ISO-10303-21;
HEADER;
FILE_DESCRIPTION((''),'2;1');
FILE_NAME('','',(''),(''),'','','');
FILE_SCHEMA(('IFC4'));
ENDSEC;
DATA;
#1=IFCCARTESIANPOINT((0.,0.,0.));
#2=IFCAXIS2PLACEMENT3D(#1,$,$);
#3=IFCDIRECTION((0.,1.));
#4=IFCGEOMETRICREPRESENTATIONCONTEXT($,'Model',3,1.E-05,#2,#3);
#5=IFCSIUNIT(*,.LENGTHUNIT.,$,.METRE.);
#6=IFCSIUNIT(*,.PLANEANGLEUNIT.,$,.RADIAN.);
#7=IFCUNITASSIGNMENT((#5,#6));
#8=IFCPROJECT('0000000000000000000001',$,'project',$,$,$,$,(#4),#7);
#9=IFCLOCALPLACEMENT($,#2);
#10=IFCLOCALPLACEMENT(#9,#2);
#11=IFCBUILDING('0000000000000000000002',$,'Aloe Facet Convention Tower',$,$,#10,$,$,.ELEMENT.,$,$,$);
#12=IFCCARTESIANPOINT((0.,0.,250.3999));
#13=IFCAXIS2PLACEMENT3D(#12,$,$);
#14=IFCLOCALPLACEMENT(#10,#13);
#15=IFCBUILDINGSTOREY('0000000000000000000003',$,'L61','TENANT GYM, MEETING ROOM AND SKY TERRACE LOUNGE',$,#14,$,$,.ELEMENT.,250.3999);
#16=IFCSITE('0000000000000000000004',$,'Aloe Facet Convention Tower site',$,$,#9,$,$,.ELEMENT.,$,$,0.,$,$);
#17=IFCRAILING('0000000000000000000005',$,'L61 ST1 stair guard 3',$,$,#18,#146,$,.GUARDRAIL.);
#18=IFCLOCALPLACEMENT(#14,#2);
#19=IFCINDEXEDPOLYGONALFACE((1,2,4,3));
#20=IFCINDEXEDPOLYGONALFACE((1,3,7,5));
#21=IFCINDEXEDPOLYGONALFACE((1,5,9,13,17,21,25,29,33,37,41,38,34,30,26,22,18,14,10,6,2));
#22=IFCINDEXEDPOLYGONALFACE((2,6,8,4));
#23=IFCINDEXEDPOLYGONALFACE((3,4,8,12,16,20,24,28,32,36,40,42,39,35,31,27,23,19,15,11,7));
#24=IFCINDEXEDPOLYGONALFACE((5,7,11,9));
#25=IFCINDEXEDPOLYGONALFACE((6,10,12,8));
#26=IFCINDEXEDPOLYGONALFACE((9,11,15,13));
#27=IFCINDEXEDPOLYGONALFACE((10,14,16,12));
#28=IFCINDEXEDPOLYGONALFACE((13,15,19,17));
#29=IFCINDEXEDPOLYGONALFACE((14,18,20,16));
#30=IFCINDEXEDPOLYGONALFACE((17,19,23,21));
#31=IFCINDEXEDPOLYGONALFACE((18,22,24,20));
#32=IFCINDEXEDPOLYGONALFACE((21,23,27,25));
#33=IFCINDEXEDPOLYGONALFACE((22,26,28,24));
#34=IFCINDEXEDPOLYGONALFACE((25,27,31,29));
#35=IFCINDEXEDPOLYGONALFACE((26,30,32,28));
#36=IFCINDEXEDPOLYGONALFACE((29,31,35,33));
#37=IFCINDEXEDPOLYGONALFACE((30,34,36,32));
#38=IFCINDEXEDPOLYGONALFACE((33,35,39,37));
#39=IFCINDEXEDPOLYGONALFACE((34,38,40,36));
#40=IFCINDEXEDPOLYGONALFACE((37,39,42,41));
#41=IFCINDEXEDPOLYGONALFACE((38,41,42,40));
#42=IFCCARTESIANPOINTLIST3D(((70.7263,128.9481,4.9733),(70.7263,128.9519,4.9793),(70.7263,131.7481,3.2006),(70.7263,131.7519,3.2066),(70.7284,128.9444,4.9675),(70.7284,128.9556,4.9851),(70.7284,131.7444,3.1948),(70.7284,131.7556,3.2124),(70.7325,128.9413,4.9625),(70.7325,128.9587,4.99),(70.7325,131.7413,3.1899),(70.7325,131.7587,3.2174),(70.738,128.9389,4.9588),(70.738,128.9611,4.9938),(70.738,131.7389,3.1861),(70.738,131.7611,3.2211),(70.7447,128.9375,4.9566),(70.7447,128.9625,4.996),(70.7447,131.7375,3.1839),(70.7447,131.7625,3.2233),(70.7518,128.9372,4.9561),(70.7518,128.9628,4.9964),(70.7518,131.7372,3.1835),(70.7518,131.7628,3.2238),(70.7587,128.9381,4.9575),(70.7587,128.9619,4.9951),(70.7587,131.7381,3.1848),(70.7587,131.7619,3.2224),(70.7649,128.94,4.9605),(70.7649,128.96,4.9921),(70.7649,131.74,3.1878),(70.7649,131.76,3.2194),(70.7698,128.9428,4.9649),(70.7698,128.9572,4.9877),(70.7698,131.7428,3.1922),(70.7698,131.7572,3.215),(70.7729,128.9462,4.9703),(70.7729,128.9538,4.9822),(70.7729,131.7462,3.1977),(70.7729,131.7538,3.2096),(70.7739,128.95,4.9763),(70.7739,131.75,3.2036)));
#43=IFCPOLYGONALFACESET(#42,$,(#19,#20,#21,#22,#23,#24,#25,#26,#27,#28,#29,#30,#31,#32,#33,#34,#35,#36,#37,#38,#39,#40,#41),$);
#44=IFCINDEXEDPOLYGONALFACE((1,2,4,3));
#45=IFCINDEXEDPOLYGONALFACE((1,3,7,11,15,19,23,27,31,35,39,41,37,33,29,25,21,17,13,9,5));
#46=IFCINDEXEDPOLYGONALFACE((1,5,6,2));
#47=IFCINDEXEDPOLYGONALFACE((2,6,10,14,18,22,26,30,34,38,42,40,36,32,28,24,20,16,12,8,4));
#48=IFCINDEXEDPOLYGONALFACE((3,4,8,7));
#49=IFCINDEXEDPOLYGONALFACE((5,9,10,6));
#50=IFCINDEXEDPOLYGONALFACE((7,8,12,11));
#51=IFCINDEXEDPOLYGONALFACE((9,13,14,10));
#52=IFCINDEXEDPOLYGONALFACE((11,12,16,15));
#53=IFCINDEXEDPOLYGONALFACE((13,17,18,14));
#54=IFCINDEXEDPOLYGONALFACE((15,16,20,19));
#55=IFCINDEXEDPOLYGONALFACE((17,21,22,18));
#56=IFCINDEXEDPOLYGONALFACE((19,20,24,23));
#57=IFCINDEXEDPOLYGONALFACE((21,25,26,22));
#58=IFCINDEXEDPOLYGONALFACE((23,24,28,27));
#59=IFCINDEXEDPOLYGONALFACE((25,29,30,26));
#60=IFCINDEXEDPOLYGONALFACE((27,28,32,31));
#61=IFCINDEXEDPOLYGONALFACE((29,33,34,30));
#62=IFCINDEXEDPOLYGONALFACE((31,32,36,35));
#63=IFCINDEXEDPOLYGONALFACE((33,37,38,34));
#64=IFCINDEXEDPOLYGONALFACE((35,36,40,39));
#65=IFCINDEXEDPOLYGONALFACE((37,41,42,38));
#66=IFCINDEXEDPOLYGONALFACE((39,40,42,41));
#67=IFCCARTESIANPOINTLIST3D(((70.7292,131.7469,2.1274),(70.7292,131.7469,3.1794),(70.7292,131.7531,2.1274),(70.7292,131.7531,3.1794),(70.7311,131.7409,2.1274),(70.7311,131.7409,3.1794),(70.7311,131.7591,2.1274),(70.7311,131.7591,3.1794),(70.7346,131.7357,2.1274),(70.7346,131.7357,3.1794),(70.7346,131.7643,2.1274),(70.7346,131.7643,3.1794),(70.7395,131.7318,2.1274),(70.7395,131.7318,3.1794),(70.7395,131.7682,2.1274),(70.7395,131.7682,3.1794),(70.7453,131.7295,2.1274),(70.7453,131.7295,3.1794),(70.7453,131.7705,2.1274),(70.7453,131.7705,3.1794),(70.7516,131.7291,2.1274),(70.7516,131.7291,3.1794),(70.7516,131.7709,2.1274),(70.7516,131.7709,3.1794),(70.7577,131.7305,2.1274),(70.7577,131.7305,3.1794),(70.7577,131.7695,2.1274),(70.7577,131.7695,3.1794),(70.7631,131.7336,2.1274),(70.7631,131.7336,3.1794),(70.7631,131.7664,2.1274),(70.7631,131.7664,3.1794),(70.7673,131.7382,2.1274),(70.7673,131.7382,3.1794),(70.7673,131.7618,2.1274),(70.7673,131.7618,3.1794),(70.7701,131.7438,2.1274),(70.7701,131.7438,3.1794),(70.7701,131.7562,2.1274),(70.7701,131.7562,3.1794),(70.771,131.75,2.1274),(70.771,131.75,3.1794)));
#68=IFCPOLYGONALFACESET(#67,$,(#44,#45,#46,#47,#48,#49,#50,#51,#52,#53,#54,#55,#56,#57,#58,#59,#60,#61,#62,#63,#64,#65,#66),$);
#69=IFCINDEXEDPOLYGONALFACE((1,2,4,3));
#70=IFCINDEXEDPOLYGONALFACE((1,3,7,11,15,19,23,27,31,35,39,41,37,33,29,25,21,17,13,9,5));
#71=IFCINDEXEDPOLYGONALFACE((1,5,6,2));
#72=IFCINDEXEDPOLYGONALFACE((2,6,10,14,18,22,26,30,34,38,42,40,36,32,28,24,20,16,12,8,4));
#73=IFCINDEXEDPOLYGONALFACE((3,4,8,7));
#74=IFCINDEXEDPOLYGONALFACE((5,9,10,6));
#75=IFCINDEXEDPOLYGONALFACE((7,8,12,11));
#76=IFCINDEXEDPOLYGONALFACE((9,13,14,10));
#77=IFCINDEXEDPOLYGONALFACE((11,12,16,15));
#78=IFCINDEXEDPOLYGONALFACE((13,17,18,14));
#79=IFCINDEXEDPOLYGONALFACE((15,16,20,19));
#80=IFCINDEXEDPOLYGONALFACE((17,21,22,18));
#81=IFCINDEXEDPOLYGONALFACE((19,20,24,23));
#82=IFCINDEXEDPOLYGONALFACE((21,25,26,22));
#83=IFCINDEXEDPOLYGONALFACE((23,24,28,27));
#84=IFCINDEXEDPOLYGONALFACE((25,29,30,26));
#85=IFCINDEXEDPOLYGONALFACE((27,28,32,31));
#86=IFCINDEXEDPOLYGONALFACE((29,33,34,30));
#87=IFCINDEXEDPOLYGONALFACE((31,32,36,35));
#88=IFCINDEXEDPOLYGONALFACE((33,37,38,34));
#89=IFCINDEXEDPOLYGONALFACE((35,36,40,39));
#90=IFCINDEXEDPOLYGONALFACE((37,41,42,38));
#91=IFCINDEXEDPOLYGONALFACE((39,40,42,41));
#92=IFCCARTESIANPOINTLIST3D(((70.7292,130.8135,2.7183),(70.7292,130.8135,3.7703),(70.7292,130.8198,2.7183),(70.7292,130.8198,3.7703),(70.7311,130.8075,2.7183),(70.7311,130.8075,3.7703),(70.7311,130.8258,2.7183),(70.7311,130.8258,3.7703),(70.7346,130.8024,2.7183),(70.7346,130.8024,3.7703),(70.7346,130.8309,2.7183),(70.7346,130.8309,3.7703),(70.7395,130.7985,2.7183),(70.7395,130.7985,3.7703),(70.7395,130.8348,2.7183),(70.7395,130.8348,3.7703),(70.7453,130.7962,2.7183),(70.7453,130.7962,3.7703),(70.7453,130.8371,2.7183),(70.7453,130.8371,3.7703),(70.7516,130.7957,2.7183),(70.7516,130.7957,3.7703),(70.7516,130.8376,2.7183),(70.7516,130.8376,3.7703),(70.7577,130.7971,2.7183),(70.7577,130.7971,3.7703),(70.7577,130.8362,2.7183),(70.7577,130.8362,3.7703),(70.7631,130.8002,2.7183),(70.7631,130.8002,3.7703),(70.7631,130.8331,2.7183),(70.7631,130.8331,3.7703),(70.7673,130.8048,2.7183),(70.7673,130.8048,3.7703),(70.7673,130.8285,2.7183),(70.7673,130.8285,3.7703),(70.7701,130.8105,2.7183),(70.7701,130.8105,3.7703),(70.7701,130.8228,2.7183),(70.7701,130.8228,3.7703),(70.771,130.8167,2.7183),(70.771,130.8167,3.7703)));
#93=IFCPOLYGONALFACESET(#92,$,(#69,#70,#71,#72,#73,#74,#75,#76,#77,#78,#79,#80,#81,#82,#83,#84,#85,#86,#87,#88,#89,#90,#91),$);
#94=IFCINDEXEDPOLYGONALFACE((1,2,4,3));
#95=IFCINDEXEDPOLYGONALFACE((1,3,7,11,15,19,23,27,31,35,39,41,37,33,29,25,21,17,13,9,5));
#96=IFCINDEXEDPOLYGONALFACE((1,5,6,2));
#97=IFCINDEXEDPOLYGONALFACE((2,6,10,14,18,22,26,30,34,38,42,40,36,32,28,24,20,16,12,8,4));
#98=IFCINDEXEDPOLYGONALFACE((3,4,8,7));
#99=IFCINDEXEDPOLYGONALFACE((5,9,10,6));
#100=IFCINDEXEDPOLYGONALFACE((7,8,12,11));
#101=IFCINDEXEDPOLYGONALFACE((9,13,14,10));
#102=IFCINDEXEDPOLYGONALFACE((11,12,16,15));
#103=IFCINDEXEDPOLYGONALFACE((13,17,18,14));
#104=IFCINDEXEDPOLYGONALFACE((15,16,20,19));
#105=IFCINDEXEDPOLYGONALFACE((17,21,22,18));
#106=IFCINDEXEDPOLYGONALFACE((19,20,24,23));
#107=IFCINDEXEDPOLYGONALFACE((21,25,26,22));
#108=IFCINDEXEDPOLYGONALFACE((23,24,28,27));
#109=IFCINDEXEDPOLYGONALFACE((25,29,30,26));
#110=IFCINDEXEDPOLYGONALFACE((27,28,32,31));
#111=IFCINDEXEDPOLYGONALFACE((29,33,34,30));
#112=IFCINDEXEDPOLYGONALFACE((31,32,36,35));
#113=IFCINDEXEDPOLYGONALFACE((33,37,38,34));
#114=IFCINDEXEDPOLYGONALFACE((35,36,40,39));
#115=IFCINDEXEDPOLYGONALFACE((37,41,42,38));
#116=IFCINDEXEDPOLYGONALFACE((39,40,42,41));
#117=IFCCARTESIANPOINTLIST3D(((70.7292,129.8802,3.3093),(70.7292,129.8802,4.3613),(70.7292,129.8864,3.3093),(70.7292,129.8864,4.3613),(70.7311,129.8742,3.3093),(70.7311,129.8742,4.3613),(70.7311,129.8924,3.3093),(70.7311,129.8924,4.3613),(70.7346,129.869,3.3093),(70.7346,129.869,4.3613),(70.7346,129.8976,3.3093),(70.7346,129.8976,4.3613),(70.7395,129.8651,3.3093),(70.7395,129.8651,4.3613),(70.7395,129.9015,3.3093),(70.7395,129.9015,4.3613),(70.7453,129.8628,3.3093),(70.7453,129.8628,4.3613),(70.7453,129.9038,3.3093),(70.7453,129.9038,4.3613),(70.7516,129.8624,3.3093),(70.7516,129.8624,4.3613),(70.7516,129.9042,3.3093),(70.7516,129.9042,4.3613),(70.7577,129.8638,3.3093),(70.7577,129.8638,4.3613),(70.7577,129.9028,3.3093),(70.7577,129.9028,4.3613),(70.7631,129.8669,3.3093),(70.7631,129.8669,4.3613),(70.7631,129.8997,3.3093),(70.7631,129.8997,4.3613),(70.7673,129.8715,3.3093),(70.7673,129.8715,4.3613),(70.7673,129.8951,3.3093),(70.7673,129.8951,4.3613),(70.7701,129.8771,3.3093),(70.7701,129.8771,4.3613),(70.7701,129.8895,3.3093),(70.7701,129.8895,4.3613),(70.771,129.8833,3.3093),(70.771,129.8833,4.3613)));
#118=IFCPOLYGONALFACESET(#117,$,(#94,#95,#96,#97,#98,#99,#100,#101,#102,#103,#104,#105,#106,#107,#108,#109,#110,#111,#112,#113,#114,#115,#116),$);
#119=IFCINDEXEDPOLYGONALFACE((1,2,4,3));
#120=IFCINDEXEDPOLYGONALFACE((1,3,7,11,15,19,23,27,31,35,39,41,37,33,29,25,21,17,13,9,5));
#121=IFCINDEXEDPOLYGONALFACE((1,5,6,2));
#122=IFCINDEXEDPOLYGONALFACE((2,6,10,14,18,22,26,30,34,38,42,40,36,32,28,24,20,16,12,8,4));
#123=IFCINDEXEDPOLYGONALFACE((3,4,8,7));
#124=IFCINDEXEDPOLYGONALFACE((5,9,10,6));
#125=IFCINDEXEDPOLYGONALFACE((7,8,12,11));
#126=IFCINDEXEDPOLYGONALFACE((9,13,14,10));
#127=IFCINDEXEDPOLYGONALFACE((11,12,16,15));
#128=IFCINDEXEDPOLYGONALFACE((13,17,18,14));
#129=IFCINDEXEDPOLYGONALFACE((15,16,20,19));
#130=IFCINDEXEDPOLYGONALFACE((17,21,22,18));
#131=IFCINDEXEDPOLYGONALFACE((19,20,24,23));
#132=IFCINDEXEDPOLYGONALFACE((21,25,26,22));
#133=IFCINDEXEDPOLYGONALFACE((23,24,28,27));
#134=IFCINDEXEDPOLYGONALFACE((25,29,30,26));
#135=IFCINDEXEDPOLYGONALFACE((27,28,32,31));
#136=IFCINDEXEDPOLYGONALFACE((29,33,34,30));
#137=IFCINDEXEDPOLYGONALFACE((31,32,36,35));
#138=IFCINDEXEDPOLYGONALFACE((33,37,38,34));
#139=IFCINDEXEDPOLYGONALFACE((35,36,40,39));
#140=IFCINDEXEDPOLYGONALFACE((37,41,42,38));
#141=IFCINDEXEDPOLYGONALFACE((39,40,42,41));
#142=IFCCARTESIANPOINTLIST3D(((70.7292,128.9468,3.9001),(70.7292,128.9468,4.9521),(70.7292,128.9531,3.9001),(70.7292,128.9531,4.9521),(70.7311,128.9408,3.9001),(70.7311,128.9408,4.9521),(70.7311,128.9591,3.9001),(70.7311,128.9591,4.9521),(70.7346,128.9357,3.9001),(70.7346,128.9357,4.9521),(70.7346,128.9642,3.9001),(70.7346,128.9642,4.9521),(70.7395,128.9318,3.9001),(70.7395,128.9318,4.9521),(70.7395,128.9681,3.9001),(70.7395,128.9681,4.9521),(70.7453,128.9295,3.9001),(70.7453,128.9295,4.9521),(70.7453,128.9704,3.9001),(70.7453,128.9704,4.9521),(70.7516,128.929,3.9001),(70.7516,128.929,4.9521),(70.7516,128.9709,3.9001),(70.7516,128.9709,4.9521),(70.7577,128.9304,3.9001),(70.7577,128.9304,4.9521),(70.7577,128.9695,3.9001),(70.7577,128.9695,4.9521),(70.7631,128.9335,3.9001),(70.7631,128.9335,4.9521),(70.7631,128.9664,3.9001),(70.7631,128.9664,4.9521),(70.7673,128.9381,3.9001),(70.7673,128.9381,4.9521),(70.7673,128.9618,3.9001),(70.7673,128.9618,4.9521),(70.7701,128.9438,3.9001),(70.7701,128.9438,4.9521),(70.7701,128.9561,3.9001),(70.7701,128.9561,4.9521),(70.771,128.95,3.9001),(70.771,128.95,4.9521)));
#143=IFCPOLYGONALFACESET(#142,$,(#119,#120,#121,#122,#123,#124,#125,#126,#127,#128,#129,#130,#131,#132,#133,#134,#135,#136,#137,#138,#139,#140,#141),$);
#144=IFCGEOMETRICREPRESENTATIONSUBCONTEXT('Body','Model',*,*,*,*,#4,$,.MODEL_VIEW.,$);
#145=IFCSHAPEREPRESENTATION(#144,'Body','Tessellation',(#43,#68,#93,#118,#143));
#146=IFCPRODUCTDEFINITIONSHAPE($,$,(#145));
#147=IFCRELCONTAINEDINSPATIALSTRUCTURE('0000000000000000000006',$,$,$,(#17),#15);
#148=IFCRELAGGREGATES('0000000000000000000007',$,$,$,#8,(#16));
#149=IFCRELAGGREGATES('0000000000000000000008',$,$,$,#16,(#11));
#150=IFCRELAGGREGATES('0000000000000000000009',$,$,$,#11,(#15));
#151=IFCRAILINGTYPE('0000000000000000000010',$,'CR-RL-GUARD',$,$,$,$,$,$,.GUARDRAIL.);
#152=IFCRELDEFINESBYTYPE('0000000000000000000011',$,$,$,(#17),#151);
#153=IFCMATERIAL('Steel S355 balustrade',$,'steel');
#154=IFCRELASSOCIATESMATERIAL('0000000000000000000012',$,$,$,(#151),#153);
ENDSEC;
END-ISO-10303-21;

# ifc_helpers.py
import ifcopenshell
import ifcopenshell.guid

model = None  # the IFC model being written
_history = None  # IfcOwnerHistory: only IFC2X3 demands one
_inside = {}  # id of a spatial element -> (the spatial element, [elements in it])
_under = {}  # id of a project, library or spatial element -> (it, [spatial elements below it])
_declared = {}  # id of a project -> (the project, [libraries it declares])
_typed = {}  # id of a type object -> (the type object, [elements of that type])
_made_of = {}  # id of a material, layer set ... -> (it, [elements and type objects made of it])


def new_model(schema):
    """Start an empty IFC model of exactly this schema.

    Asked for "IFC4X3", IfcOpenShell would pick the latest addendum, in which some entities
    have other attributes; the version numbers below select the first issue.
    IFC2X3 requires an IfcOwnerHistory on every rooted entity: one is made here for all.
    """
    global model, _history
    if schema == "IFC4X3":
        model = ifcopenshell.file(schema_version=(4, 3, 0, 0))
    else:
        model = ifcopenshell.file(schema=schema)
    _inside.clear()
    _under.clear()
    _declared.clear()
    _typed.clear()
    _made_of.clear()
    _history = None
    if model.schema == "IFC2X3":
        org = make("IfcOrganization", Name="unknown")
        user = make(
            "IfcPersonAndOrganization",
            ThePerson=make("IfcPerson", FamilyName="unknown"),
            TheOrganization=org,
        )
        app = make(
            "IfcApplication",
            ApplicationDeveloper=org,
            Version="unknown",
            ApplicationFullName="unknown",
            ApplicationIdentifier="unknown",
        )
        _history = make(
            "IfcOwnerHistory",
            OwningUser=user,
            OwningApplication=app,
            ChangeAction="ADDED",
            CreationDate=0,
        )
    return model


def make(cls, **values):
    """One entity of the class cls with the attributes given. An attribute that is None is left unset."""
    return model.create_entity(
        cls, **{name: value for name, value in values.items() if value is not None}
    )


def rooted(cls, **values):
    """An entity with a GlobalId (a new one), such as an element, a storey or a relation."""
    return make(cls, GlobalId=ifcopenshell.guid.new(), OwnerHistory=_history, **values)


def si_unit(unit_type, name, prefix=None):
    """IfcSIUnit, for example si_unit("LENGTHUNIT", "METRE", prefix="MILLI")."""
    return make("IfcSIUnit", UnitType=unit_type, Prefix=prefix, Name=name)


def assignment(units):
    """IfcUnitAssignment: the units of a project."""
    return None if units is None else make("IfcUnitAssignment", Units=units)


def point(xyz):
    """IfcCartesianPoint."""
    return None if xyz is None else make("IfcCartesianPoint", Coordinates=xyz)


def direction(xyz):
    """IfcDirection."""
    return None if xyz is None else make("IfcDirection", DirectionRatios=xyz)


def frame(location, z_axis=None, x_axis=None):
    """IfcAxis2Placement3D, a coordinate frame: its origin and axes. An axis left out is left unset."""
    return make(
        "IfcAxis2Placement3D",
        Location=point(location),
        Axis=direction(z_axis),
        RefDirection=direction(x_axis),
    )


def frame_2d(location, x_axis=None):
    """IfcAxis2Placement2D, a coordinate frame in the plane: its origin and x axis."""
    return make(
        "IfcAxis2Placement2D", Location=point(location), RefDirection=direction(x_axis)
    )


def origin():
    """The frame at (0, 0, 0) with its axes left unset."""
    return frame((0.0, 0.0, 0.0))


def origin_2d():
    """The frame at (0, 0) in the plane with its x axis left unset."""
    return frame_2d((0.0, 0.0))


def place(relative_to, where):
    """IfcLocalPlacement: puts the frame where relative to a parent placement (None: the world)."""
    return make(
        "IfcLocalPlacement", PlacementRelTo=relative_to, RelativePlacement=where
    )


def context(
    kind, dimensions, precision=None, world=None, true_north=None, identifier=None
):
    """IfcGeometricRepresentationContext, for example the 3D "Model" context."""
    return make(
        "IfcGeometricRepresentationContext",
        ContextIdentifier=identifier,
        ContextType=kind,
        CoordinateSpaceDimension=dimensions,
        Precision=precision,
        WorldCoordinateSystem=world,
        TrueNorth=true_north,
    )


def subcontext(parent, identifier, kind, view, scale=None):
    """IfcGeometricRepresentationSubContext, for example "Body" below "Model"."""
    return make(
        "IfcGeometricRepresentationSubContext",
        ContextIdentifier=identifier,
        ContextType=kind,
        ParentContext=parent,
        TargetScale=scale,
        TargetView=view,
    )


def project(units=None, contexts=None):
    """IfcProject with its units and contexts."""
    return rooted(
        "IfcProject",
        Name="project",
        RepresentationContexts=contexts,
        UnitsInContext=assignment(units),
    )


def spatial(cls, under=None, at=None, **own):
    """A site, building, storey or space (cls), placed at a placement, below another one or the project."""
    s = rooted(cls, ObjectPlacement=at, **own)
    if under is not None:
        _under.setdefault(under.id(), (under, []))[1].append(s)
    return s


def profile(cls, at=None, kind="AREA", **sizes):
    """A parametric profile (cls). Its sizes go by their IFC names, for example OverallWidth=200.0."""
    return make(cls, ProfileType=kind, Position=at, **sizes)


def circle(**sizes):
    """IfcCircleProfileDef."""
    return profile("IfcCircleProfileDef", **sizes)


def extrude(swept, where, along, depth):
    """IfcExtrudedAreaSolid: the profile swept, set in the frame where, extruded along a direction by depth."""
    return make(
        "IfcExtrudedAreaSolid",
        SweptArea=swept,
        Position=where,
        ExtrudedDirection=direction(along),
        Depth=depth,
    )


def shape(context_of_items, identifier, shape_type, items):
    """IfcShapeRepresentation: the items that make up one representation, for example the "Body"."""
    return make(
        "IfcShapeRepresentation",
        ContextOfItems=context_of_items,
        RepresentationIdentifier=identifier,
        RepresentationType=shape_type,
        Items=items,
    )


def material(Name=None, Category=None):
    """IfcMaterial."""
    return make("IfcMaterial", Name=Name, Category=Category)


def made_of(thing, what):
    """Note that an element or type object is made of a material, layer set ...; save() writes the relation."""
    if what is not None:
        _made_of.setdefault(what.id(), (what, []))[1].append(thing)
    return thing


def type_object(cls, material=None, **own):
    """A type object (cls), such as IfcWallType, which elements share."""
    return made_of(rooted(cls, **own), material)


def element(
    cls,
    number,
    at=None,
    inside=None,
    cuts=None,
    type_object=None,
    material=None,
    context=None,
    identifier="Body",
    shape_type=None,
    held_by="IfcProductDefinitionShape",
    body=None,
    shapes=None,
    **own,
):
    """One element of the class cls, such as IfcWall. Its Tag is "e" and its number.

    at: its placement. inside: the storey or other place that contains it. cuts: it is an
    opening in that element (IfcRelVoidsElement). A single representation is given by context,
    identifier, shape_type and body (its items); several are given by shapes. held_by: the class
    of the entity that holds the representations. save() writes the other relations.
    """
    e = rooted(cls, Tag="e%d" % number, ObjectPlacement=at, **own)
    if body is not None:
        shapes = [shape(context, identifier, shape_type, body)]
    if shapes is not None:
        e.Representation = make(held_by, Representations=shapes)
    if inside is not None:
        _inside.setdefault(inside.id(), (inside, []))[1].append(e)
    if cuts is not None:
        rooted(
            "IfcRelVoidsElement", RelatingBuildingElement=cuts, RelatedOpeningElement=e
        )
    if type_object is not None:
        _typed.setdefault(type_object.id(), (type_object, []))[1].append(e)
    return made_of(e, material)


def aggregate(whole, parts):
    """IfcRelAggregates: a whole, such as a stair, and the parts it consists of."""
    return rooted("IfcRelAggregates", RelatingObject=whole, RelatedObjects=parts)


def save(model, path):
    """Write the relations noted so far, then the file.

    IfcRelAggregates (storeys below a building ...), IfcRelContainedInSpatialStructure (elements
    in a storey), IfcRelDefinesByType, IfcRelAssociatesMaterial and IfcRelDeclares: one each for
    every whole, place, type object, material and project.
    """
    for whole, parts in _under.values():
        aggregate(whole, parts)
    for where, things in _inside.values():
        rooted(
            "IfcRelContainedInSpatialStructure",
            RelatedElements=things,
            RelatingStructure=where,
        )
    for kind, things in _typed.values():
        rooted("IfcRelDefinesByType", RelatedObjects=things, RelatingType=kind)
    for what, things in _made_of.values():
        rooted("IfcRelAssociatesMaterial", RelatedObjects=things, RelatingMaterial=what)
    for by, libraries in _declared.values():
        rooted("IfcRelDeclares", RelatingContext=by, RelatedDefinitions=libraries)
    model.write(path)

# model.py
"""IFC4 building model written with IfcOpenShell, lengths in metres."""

from ifc_helpers import new_model, si_unit, direction, frame, origin, origin_2d, place, context, subcontext, project, spatial, circle, extrude, material, type_object, element, save


model = new_model("IFC4")

# Units and contexts
model_context = context("Model", 3, precision=1e-05, world=origin(), true_north=direction((0.0, 1.0)))
body_context = subcontext(model_context, "Body", "Model", "MODEL_VIEW")
ifc_project = project(units=[si_unit("LENGTHUNIT", "METRE"), si_unit("PLANEANGLEUNIT", "RADIAN")], contexts=[model_context])

# Site, building, storey
site_placement = place(None, origin())
site = spatial("IfcSite", under=ifc_project, at=site_placement, Name="Aloe Facet Convention Tower site", CompositionType="ELEMENT", RefElevation=0.0)
building_placement = place(site_placement, origin())
building = spatial("IfcBuilding", under=site, at=building_placement, Name="Aloe Facet Convention Tower", CompositionType="ELEMENT")
storey_placement = place(building_placement, frame((0.0, 0.0, 250.3999)))
storey = spatial("IfcBuildingStorey", under=building, at=storey_placement, Name="L61", Description="TENANT GYM, MEETING ROOM AND SKY TERRACE LOUNGE", CompositionType="ELEMENT", Elevation=250.3999)

# Railing
ifc_material_1 = material(Name="Steel S355 balustrade", Category="steel")
railing_type_1 = type_object("IfcRailingType", Name="CR-RL-GUARD", PredefinedType="GUARDRAIL", material=ifc_material_1)
railing_1_placement = place(storey_placement, frame((70.75, 131.75, 2.1274)))
element("IfcRailing", 1, at=railing_1_placement, inside=storey, type_object=railing_type_1, Name="L61 ST1 stair guard 3", PredefinedType="GUARDRAIL", context=body_context, shape_type="SweptSolid", body=[
    extrude(circle(Radius=0.0239, at=origin_2d()), frame((0.0, 0.0, 1.0762), z_axis=(0.0, -0.844909, 0.53491), x_axis=(1.0, 0.0, 0.0)), (0.0, 0.0, 1.0), 3.314),
    extrude(circle(Radius=0.021, at=origin_2d()), origin(), (0.0, 0.0, 1.0), 1.052),
    extrude(circle(Radius=0.021, at=origin_2d()), frame((0.0, -0.9333, 0.5908)), (0.0, 0.0, 1.0), 1.052),
    extrude(circle(Radius=0.021, at=origin_2d()), frame((0.0, -1.8667, 1.1819)), (0.0, 0.0, 1.0), 1.052),
    extrude(circle(Radius=0.021, at=origin_2d()), frame((0.0, -2.8, 1.7727)), (0.0, 0.0, 1.0), 1.052),
])

save(model, "model.ifc")
